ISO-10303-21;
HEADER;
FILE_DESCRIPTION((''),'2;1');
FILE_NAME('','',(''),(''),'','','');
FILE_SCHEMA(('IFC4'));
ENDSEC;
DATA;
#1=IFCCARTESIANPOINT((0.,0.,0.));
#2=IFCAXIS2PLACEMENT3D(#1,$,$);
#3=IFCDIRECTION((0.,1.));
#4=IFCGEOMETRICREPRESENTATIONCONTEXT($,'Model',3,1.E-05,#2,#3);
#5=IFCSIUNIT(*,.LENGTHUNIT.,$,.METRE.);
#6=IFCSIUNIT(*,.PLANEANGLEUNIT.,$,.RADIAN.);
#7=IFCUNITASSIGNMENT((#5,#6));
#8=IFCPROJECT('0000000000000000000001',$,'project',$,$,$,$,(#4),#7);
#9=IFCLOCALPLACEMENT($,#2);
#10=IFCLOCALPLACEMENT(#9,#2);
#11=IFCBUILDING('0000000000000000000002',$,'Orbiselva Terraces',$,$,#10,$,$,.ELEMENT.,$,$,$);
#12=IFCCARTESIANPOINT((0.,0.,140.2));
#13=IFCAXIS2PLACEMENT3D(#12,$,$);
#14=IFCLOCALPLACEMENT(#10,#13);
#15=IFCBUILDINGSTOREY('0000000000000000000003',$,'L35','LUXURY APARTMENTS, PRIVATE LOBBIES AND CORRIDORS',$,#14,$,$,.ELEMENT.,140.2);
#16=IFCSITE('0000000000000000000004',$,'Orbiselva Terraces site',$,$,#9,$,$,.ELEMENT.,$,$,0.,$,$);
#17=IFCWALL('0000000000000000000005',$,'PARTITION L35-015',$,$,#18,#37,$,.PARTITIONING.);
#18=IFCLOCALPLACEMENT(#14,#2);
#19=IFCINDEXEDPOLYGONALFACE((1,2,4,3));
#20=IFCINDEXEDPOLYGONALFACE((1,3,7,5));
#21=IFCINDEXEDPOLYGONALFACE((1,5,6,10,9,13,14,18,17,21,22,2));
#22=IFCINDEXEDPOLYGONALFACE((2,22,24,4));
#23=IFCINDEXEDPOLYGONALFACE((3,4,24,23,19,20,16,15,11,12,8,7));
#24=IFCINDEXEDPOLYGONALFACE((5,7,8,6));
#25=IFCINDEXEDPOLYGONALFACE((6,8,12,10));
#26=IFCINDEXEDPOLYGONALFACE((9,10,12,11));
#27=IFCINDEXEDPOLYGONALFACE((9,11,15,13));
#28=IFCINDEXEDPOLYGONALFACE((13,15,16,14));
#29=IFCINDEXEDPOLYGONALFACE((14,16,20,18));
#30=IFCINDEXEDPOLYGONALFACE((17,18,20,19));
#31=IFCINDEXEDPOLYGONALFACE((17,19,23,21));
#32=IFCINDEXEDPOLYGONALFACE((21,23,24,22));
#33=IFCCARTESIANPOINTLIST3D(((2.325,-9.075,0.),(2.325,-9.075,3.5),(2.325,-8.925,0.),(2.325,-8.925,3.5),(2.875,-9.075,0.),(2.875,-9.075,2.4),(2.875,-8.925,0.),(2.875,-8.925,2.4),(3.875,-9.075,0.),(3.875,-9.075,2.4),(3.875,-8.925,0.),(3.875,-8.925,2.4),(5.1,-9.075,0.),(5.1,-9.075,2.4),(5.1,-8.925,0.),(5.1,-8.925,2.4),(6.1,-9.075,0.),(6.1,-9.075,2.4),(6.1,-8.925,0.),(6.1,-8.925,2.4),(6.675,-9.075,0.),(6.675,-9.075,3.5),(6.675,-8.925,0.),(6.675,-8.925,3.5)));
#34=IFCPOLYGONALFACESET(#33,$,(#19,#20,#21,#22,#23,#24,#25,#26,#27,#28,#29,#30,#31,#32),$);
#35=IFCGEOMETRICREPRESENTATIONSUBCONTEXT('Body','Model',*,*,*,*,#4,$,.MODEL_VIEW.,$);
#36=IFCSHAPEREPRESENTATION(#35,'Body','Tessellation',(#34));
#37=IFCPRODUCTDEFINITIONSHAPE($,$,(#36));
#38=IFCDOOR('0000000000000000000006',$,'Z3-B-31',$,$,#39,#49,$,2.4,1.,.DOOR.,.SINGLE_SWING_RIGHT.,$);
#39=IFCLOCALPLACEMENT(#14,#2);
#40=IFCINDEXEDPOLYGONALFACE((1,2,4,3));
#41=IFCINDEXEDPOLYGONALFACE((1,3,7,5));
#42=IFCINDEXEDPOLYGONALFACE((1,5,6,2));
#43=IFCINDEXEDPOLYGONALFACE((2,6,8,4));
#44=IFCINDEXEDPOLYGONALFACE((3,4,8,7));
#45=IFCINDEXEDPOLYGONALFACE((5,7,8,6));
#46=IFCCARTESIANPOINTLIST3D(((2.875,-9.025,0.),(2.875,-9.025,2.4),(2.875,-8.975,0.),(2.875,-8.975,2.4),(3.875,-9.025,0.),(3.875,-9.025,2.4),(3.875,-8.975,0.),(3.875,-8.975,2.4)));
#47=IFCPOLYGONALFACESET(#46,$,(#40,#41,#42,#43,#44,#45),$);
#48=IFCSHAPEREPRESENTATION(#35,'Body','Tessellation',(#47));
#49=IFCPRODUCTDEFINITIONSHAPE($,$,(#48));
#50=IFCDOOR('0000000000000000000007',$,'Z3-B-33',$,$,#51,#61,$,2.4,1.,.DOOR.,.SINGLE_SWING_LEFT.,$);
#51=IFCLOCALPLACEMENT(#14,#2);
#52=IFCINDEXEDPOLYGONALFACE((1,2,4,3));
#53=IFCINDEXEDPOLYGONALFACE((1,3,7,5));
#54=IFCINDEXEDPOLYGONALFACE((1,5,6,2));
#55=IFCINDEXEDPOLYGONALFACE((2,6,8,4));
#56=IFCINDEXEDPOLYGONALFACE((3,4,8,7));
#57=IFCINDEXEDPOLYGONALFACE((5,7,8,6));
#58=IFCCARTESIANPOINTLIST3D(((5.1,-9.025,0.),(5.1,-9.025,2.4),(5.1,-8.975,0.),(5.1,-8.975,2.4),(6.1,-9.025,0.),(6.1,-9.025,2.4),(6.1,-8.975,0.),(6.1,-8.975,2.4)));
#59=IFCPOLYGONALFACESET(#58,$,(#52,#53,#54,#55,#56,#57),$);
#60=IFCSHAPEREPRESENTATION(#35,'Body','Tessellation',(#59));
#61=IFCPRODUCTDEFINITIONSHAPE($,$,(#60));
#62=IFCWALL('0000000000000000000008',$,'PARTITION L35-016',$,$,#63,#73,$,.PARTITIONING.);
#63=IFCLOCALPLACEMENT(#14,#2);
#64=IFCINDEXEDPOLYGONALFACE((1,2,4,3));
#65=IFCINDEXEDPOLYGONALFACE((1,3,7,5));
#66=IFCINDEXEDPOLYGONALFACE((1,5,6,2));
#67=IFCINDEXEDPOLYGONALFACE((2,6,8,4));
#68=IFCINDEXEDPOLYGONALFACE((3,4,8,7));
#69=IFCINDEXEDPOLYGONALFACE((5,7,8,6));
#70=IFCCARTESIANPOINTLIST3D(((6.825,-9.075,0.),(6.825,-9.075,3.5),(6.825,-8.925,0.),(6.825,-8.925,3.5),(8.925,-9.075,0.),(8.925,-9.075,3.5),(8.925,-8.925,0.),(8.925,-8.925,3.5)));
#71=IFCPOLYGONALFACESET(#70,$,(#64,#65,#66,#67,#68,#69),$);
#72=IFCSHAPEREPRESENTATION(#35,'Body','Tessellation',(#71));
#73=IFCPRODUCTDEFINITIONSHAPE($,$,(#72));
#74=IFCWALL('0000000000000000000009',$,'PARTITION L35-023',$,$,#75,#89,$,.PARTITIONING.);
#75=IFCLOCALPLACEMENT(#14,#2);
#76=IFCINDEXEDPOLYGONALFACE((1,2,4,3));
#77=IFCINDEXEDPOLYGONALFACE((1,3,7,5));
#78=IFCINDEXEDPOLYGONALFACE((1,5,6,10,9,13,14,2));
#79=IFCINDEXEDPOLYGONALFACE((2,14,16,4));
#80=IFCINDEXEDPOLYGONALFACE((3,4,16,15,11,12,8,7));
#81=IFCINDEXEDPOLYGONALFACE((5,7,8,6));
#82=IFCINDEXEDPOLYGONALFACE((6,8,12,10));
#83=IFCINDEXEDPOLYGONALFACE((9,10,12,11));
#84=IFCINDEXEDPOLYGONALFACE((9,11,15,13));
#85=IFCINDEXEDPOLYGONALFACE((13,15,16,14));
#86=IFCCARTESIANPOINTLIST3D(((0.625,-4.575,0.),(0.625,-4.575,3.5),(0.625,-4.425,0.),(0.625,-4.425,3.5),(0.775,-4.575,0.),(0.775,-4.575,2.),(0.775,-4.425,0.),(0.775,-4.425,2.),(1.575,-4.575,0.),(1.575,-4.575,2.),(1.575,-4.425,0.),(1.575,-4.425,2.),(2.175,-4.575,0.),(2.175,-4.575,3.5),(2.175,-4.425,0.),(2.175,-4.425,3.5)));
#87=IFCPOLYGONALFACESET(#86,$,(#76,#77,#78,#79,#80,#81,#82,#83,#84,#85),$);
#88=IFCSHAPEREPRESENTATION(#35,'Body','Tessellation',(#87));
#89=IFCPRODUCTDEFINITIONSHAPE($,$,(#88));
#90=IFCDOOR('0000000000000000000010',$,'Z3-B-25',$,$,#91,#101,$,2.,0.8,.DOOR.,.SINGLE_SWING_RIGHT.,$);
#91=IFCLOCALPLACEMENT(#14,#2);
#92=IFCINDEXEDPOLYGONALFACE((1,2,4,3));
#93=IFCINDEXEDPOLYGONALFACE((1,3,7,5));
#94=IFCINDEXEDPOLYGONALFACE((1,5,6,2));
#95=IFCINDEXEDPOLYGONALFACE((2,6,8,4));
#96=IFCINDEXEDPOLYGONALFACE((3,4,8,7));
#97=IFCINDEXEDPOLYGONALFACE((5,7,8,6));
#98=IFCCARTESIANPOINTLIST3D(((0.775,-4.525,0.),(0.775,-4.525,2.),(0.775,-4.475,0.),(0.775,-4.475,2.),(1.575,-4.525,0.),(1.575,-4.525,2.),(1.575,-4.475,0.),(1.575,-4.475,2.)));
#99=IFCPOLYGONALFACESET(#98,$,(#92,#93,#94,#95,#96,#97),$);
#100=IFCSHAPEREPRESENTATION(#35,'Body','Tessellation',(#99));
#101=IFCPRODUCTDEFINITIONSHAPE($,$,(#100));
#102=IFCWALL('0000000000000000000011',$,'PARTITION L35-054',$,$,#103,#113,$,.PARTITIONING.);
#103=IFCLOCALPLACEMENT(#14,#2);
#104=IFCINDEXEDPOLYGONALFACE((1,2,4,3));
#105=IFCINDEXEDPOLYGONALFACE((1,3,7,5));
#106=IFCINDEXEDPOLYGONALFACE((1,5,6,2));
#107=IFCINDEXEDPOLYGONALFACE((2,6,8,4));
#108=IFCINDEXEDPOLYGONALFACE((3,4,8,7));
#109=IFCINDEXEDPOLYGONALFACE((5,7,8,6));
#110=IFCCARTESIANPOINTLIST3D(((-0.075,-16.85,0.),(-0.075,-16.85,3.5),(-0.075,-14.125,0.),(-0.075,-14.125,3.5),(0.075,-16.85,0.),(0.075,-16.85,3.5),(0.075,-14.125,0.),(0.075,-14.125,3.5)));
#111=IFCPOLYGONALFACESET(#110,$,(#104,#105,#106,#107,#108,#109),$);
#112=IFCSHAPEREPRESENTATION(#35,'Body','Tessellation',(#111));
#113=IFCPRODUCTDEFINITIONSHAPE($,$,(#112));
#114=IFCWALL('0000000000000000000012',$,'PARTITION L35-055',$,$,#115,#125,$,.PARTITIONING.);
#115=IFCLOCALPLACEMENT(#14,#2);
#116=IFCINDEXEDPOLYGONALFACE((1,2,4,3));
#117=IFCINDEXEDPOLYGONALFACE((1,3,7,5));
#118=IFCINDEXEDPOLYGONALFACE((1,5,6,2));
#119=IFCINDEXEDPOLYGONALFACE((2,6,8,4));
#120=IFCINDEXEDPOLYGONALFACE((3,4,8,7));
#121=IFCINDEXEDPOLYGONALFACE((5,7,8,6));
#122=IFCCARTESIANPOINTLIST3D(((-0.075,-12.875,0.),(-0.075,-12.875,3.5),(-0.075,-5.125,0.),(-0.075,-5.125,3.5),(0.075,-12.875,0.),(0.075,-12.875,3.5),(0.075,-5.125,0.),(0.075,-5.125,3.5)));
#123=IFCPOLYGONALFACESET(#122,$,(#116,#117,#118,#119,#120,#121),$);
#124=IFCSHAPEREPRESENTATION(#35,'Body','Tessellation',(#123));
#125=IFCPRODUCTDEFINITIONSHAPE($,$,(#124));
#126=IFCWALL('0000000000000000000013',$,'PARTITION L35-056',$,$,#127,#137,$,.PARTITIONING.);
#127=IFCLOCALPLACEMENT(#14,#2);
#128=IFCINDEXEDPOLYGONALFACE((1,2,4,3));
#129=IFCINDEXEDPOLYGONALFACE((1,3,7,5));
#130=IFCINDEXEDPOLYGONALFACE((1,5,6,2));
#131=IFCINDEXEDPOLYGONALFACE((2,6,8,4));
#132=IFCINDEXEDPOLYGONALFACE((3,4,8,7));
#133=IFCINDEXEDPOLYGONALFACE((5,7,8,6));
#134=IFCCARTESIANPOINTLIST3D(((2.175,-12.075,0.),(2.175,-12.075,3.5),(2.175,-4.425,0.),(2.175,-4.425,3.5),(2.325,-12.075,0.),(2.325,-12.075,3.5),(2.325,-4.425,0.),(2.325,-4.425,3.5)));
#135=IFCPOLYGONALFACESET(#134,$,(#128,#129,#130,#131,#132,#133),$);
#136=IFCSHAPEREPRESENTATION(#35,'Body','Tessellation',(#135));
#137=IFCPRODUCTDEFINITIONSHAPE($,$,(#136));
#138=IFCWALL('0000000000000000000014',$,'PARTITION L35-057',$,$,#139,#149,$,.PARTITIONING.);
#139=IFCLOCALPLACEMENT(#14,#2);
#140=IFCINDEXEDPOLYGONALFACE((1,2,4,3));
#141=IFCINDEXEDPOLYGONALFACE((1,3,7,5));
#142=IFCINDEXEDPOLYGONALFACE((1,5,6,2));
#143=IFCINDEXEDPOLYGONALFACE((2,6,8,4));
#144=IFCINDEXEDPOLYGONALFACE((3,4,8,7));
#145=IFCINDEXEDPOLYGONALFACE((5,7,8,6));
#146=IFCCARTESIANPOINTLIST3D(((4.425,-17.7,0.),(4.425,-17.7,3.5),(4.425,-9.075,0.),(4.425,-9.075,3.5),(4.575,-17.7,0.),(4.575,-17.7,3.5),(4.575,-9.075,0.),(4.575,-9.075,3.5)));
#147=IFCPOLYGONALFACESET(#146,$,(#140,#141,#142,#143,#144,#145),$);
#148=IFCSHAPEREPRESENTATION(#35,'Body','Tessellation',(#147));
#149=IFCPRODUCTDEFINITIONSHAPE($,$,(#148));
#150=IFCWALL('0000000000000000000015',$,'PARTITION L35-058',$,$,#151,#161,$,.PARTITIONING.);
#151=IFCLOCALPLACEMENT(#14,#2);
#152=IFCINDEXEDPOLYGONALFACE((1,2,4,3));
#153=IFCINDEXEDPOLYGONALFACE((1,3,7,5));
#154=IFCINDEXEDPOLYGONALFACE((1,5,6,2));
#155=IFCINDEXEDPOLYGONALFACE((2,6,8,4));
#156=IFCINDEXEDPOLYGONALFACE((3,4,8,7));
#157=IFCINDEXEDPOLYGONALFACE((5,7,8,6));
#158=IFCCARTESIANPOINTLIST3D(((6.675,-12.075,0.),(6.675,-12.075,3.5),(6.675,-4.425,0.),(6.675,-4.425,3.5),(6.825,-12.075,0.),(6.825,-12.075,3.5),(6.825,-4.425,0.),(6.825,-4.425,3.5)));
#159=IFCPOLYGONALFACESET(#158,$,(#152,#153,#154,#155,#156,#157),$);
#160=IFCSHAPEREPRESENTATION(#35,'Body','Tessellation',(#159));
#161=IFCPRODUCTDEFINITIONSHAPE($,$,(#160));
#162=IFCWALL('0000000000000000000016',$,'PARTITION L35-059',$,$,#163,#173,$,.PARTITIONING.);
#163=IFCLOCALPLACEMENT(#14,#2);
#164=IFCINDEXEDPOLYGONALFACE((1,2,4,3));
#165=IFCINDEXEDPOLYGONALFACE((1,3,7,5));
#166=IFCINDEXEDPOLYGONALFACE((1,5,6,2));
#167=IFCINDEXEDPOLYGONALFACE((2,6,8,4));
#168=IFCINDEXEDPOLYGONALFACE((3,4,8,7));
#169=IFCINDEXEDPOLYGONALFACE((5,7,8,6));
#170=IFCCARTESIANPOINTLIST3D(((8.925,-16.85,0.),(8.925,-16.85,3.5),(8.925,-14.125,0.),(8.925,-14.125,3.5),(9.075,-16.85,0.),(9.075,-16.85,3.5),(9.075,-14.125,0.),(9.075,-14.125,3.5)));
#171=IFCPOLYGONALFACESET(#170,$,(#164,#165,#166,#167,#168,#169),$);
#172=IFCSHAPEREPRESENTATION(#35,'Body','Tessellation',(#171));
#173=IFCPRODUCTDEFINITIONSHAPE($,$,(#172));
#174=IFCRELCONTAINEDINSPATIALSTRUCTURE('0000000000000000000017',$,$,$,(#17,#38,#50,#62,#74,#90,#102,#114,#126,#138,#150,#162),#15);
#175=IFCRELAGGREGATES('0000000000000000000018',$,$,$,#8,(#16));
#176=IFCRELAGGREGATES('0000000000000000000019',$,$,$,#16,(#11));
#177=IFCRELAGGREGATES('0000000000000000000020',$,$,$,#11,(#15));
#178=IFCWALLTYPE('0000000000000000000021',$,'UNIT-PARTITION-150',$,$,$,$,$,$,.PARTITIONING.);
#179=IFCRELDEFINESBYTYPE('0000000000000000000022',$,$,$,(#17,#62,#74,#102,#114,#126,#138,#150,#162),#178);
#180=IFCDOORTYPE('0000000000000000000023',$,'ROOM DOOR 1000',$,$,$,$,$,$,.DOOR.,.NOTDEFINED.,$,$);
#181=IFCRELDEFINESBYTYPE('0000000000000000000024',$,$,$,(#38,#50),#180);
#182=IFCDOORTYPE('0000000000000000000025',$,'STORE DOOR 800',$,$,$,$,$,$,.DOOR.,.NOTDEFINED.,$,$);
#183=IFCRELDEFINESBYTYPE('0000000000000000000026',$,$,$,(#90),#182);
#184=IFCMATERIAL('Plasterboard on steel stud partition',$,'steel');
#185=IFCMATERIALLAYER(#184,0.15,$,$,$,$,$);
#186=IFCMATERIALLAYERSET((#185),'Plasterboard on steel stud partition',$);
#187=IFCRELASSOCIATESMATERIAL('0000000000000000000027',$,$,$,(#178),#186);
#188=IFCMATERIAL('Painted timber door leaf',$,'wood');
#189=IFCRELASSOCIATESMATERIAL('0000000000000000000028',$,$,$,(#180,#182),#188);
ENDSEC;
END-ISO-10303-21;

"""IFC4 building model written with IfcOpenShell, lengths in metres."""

from ifc_helpers import new_model, si_unit, direction, frame, frame_2d, origin, place, context, subcontext, project, spatial, rectangle, extrude, material, layer, layer_set, type_object, element, fill, save


model = new_model("IFC4")

# Units and contexts
model_context = context("Model", 3, precision=1e-05, world=origin(), true_north=direction((0.0, 1.0)))
body_context = subcontext(model_context, "Body", "Model", "MODEL_VIEW")
ifc_project = project(units=[si_unit("LENGTHUNIT", "METRE"), si_unit("PLANEANGLEUNIT", "RADIAN")], contexts=[model_context])

# Site, building, storey
site_placement = place(None, origin())
site = spatial("IfcSite", under=ifc_project, at=site_placement, Name="Orbiselva Terraces site", CompositionType="ELEMENT", RefElevation=0.0)
building_placement = place(site_placement, origin())
building = spatial("IfcBuilding", under=site, at=building_placement, Name="Orbiselva Terraces", CompositionType="ELEMENT")
storey_placement = place(building_placement, frame((0.0, 0.0, 140.2)))
storey = spatial("IfcBuildingStorey", under=building, at=storey_placement, Name="L35", Description="LUXURY APARTMENTS, PRIVATE LOBBIES AND CORRIDORS", CompositionType="ELEMENT", Elevation=140.2)

# Shared definitions
ifc_material_1 = material(Name="Plasterboard on steel stud partition", Category="steel")
ifc_layer_1 = layer(ifc_material_1, 0.15)
ifc_layer_set_1 = layer_set([ifc_layer_1], Name="Plasterboard on steel stud partition")
wall_type_1 = type_object("IfcWallType", Name="UNIT-PARTITION-150", PredefinedType="PARTITIONING", material=ifc_layer_set_1)
ifc_material_2 = material(Name="Painted timber door leaf", Category="wood")

# Wall, openings, doors
wall_1_placement = place(storey_placement, frame((6.675, -9.0, 0.0), z_axis=(0.0, 0.0, 1.0), x_axis=(-1.0, 0.0, 0.0)))
wall_1 = element("IfcWall", 1, at=wall_1_placement, inside=storey, type_object=wall_type_1, Name="PARTITION L35-015", PredefinedType="PARTITIONING", context=body_context, shape_type="SweptSolid", body=[
    extrude(rectangle(XDim=4.35, YDim=0.15, at=frame_2d((2.175, 0.0))), origin(), (0.0, 0.0, 1.0), 3.5),
])
opening_1_placement = place(wall_1_placement, frame((2.8, 0.0, 0.0)))
opening_1 = element("IfcOpeningElement", 2, at=opening_1_placement, cuts=wall_1, PredefinedType="OPENING", context=body_context, shape_type="SweptSolid", body=[
    extrude(rectangle(XDim=1.0, YDim=2.4, at=frame_2d((0.5, 1.2))), frame((0.0, 0.085, 0.0), z_axis=(0.0, -1.0, 0.0), x_axis=(1.0, 0.0, 0.0)), (0.0, 0.0, 1.0), 0.17),
])
opening_2_placement = place(wall_1_placement, frame((0.575, 0.0, 0.0)))
opening_2 = element("IfcOpeningElement", 3, at=opening_2_placement, cuts=wall_1, PredefinedType="OPENING", context=body_context, shape_type="SweptSolid", body=[
    extrude(rectangle(XDim=1.0, YDim=2.4, at=frame_2d((0.5, 1.2))), frame((0.0, 0.085, 0.0), z_axis=(0.0, -1.0, 0.0), x_axis=(1.0, 0.0, 0.0)), (0.0, 0.0, 1.0), 0.17),
])
door_type_1 = type_object("IfcDoorType", Name="ROOM DOOR 1000", OperationType="NOTDEFINED", PredefinedType="DOOR", material=ifc_material_2)
door_1_placement = place(opening_1_placement, origin())
door_1 = element("IfcDoor", 4, at=door_1_placement, inside=storey, type_object=door_type_1, Name="Z3-B-31", OperationType="SINGLE_SWING_RIGHT", OverallHeight=2.4, OverallWidth=1.0, PredefinedType="DOOR", context=body_context, shape_type="SweptSolid", body=[
    extrude(rectangle(XDim=1.0, YDim=2.4, at=frame_2d((0.5, 1.2))), frame((0.0, 0.025, 0.0), z_axis=(0.0, -1.0, 0.0), x_axis=(1.0, 0.0, 0.0)), (0.0, 0.0, 1.0), 0.05),
])
fill(opening_1, door_1)
door_2_placement = place(opening_2_placement, origin())
door_2 = element("IfcDoor", 5, at=door_2_placement, inside=storey, type_object=door_type_1, Name="Z3-B-33", OperationType="SINGLE_SWING_LEFT", OverallHeight=2.4, OverallWidth=1.0, PredefinedType="DOOR", context=body_context, shape_type="SweptSolid", body=[
    extrude(rectangle(XDim=1.0, YDim=2.4, at=frame_2d((0.5, 1.2))), frame((0.0, 0.025, 0.0), z_axis=(0.0, -1.0, 0.0), x_axis=(1.0, 0.0, 0.0)), (0.0, 0.0, 1.0), 0.05),
])
fill(opening_2, door_2)

# Wall
wall_2_placement = place(storey_placement, frame((6.825, -9.0, 0.0), z_axis=(0.0, 0.0, 1.0), x_axis=(1.0, 0.0, 0.0)))
element("IfcWall", 6, at=wall_2_placement, inside=storey, type_object=wall_type_1, Name="PARTITION L35-016", PredefinedType="PARTITIONING", context=body_context, shape_type="SweptSolid", body=[
    extrude(rectangle(XDim=2.1, YDim=0.15, at=frame_2d((1.05, 0.0))), origin(), (0.0, 0.0, 1.0), 3.5),
])

# Wall, opening, door
wall_3_placement = place(storey_placement, frame((2.175, -4.5, 0.0), z_axis=(0.0, 0.0, 1.0), x_axis=(-1.0, 0.0, 0.0)))
wall_3 = element("IfcWall", 7, at=wall_3_placement, inside=storey, type_object=wall_type_1, Name="PARTITION L35-023", PredefinedType="PARTITIONING", context=body_context, shape_type="SweptSolid", body=[
    extrude(rectangle(XDim=1.55, YDim=0.15, at=frame_2d((0.775, 0.0))), origin(), (0.0, 0.0, 1.0), 3.5),
])
opening_3_placement = place(wall_3_placement, frame((0.6, 0.0, 0.0)))
opening_3 = element("IfcOpeningElement", 8, at=opening_3_placement, cuts=wall_3, PredefinedType="OPENING", context=body_context, shape_type="SweptSolid", body=[
    extrude(rectangle(XDim=0.8, YDim=2.0, at=frame_2d((0.4, 1.0))), frame((0.0, 0.085, 0.0), z_axis=(0.0, -1.0, 0.0), x_axis=(1.0, 0.0, 0.0)), (0.0, 0.0, 1.0), 0.17),
])
door_type_2 = type_object("IfcDoorType", Name="STORE DOOR 800", OperationType="NOTDEFINED", PredefinedType="DOOR", material=ifc_material_2)
door_3_placement = place(opening_3_placement, origin())
door_3 = element("IfcDoor", 9, at=door_3_placement, inside=storey, type_object=door_type_2, Name="Z3-B-25", OperationType="SINGLE_SWING_RIGHT", OverallHeight=2.0, OverallWidth=0.8, PredefinedType="DOOR", context=body_context, shape_type="SweptSolid", body=[
    extrude(rectangle(XDim=0.8, YDim=2.0, at=frame_2d((0.4, 1.0))), frame((0.0, 0.025, 0.0), z_axis=(0.0, -1.0, 0.0), x_axis=(1.0, 0.0, 0.0)), (0.0, 0.0, 1.0), 0.05),
])
fill(opening_3, door_3)

# Walls
wall_4_placement = place(storey_placement, frame((0.0, -16.85, 0.0), z_axis=(0.0, 0.0, 1.0), x_axis=(0.0, 1.0, 0.0)))
element("IfcWall", 10, at=wall_4_placement, inside=storey, type_object=wall_type_1, Name="PARTITION L35-054", PredefinedType="PARTITIONING", context=body_context, shape_type="SweptSolid", body=[
    extrude(rectangle(XDim=2.725, YDim=0.15, at=frame_2d((1.3625, 0.0))), origin(), (0.0, 0.0, 1.0), 3.5),
])
wall_5_placement = place(storey_placement, frame((0.0, -12.875, 0.0), z_axis=(0.0, 0.0, 1.0), x_axis=(0.0, 1.0, 0.0)))
element("IfcWall", 11, at=wall_5_placement, inside=storey, type_object=wall_type_1, Name="PARTITION L35-055", PredefinedType="PARTITIONING", context=body_context, shape_type="SweptSolid", body=[
    extrude(rectangle(XDim=7.75, YDim=0.15, at=frame_2d((3.875, 0.0))), origin(), (0.0, 0.0, 1.0), 3.5),
])
wall_6_placement = place(storey_placement, frame((2.25, -12.075, 0.0), z_axis=(0.0, 0.0, 1.0), x_axis=(0.0, 1.0, 0.0)))
element("IfcWall", 12, at=wall_6_placement, inside=storey, type_object=wall_type_1, Name="PARTITION L35-056", PredefinedType="PARTITIONING", context=body_context, shape_type="SweptSolid", body=[
    extrude(rectangle(XDim=7.65, YDim=0.15, at=frame_2d((3.825, 0.0))), origin(), (0.0, 0.0, 1.0), 3.5),
])
wall_7_placement = place(storey_placement, frame((4.5, -17.7, 0.0), z_axis=(0.0, 0.0, 1.0), x_axis=(0.0, 1.0, 0.0)))
element("IfcWall", 13, at=wall_7_placement, inside=storey, type_object=wall_type_1, Name="PARTITION L35-057", PredefinedType="PARTITIONING", context=body_context, shape_type="SweptSolid", body=[
    extrude(rectangle(XDim=8.625, YDim=0.15, at=frame_2d((4.3125, 0.0))), origin(), (0.0, 0.0, 1.0), 3.5),
])
wall_8_placement = place(storey_placement, frame((6.75, -12.075, 0.0), z_axis=(0.0, 0.0, 1.0), x_axis=(0.0, 1.0, 0.0)))
element("IfcWall", 14, at=wall_8_placement, inside=storey, type_object=wall_type_1, Name="PARTITION L35-058", PredefinedType="PARTITIONING", context=body_context, shape_type="SweptSolid", body=[
    extrude(rectangle(XDim=7.65, YDim=0.15, at=frame_2d((3.825, 0.0))), origin(), (0.0, 0.0, 1.0), 3.5),
])
wall_9_placement = place(storey_placement, frame((9.0, -16.85, 0.0), z_axis=(0.0, 0.0, 1.0), x_axis=(0.0, 1.0, 0.0)))
element("IfcWall", 15, at=wall_9_placement, inside=storey, type_object=wall_type_1, Name="PARTITION L35-059", PredefinedType="PARTITIONING", context=body_context, shape_type="SweptSolid", body=[
    extrude(rectangle(XDim=2.725, YDim=0.15, at=frame_2d((1.3625, 0.0))), origin(), (0.0, 0.0, 1.0), 3.5),
])

save(model, "model.ifc")
